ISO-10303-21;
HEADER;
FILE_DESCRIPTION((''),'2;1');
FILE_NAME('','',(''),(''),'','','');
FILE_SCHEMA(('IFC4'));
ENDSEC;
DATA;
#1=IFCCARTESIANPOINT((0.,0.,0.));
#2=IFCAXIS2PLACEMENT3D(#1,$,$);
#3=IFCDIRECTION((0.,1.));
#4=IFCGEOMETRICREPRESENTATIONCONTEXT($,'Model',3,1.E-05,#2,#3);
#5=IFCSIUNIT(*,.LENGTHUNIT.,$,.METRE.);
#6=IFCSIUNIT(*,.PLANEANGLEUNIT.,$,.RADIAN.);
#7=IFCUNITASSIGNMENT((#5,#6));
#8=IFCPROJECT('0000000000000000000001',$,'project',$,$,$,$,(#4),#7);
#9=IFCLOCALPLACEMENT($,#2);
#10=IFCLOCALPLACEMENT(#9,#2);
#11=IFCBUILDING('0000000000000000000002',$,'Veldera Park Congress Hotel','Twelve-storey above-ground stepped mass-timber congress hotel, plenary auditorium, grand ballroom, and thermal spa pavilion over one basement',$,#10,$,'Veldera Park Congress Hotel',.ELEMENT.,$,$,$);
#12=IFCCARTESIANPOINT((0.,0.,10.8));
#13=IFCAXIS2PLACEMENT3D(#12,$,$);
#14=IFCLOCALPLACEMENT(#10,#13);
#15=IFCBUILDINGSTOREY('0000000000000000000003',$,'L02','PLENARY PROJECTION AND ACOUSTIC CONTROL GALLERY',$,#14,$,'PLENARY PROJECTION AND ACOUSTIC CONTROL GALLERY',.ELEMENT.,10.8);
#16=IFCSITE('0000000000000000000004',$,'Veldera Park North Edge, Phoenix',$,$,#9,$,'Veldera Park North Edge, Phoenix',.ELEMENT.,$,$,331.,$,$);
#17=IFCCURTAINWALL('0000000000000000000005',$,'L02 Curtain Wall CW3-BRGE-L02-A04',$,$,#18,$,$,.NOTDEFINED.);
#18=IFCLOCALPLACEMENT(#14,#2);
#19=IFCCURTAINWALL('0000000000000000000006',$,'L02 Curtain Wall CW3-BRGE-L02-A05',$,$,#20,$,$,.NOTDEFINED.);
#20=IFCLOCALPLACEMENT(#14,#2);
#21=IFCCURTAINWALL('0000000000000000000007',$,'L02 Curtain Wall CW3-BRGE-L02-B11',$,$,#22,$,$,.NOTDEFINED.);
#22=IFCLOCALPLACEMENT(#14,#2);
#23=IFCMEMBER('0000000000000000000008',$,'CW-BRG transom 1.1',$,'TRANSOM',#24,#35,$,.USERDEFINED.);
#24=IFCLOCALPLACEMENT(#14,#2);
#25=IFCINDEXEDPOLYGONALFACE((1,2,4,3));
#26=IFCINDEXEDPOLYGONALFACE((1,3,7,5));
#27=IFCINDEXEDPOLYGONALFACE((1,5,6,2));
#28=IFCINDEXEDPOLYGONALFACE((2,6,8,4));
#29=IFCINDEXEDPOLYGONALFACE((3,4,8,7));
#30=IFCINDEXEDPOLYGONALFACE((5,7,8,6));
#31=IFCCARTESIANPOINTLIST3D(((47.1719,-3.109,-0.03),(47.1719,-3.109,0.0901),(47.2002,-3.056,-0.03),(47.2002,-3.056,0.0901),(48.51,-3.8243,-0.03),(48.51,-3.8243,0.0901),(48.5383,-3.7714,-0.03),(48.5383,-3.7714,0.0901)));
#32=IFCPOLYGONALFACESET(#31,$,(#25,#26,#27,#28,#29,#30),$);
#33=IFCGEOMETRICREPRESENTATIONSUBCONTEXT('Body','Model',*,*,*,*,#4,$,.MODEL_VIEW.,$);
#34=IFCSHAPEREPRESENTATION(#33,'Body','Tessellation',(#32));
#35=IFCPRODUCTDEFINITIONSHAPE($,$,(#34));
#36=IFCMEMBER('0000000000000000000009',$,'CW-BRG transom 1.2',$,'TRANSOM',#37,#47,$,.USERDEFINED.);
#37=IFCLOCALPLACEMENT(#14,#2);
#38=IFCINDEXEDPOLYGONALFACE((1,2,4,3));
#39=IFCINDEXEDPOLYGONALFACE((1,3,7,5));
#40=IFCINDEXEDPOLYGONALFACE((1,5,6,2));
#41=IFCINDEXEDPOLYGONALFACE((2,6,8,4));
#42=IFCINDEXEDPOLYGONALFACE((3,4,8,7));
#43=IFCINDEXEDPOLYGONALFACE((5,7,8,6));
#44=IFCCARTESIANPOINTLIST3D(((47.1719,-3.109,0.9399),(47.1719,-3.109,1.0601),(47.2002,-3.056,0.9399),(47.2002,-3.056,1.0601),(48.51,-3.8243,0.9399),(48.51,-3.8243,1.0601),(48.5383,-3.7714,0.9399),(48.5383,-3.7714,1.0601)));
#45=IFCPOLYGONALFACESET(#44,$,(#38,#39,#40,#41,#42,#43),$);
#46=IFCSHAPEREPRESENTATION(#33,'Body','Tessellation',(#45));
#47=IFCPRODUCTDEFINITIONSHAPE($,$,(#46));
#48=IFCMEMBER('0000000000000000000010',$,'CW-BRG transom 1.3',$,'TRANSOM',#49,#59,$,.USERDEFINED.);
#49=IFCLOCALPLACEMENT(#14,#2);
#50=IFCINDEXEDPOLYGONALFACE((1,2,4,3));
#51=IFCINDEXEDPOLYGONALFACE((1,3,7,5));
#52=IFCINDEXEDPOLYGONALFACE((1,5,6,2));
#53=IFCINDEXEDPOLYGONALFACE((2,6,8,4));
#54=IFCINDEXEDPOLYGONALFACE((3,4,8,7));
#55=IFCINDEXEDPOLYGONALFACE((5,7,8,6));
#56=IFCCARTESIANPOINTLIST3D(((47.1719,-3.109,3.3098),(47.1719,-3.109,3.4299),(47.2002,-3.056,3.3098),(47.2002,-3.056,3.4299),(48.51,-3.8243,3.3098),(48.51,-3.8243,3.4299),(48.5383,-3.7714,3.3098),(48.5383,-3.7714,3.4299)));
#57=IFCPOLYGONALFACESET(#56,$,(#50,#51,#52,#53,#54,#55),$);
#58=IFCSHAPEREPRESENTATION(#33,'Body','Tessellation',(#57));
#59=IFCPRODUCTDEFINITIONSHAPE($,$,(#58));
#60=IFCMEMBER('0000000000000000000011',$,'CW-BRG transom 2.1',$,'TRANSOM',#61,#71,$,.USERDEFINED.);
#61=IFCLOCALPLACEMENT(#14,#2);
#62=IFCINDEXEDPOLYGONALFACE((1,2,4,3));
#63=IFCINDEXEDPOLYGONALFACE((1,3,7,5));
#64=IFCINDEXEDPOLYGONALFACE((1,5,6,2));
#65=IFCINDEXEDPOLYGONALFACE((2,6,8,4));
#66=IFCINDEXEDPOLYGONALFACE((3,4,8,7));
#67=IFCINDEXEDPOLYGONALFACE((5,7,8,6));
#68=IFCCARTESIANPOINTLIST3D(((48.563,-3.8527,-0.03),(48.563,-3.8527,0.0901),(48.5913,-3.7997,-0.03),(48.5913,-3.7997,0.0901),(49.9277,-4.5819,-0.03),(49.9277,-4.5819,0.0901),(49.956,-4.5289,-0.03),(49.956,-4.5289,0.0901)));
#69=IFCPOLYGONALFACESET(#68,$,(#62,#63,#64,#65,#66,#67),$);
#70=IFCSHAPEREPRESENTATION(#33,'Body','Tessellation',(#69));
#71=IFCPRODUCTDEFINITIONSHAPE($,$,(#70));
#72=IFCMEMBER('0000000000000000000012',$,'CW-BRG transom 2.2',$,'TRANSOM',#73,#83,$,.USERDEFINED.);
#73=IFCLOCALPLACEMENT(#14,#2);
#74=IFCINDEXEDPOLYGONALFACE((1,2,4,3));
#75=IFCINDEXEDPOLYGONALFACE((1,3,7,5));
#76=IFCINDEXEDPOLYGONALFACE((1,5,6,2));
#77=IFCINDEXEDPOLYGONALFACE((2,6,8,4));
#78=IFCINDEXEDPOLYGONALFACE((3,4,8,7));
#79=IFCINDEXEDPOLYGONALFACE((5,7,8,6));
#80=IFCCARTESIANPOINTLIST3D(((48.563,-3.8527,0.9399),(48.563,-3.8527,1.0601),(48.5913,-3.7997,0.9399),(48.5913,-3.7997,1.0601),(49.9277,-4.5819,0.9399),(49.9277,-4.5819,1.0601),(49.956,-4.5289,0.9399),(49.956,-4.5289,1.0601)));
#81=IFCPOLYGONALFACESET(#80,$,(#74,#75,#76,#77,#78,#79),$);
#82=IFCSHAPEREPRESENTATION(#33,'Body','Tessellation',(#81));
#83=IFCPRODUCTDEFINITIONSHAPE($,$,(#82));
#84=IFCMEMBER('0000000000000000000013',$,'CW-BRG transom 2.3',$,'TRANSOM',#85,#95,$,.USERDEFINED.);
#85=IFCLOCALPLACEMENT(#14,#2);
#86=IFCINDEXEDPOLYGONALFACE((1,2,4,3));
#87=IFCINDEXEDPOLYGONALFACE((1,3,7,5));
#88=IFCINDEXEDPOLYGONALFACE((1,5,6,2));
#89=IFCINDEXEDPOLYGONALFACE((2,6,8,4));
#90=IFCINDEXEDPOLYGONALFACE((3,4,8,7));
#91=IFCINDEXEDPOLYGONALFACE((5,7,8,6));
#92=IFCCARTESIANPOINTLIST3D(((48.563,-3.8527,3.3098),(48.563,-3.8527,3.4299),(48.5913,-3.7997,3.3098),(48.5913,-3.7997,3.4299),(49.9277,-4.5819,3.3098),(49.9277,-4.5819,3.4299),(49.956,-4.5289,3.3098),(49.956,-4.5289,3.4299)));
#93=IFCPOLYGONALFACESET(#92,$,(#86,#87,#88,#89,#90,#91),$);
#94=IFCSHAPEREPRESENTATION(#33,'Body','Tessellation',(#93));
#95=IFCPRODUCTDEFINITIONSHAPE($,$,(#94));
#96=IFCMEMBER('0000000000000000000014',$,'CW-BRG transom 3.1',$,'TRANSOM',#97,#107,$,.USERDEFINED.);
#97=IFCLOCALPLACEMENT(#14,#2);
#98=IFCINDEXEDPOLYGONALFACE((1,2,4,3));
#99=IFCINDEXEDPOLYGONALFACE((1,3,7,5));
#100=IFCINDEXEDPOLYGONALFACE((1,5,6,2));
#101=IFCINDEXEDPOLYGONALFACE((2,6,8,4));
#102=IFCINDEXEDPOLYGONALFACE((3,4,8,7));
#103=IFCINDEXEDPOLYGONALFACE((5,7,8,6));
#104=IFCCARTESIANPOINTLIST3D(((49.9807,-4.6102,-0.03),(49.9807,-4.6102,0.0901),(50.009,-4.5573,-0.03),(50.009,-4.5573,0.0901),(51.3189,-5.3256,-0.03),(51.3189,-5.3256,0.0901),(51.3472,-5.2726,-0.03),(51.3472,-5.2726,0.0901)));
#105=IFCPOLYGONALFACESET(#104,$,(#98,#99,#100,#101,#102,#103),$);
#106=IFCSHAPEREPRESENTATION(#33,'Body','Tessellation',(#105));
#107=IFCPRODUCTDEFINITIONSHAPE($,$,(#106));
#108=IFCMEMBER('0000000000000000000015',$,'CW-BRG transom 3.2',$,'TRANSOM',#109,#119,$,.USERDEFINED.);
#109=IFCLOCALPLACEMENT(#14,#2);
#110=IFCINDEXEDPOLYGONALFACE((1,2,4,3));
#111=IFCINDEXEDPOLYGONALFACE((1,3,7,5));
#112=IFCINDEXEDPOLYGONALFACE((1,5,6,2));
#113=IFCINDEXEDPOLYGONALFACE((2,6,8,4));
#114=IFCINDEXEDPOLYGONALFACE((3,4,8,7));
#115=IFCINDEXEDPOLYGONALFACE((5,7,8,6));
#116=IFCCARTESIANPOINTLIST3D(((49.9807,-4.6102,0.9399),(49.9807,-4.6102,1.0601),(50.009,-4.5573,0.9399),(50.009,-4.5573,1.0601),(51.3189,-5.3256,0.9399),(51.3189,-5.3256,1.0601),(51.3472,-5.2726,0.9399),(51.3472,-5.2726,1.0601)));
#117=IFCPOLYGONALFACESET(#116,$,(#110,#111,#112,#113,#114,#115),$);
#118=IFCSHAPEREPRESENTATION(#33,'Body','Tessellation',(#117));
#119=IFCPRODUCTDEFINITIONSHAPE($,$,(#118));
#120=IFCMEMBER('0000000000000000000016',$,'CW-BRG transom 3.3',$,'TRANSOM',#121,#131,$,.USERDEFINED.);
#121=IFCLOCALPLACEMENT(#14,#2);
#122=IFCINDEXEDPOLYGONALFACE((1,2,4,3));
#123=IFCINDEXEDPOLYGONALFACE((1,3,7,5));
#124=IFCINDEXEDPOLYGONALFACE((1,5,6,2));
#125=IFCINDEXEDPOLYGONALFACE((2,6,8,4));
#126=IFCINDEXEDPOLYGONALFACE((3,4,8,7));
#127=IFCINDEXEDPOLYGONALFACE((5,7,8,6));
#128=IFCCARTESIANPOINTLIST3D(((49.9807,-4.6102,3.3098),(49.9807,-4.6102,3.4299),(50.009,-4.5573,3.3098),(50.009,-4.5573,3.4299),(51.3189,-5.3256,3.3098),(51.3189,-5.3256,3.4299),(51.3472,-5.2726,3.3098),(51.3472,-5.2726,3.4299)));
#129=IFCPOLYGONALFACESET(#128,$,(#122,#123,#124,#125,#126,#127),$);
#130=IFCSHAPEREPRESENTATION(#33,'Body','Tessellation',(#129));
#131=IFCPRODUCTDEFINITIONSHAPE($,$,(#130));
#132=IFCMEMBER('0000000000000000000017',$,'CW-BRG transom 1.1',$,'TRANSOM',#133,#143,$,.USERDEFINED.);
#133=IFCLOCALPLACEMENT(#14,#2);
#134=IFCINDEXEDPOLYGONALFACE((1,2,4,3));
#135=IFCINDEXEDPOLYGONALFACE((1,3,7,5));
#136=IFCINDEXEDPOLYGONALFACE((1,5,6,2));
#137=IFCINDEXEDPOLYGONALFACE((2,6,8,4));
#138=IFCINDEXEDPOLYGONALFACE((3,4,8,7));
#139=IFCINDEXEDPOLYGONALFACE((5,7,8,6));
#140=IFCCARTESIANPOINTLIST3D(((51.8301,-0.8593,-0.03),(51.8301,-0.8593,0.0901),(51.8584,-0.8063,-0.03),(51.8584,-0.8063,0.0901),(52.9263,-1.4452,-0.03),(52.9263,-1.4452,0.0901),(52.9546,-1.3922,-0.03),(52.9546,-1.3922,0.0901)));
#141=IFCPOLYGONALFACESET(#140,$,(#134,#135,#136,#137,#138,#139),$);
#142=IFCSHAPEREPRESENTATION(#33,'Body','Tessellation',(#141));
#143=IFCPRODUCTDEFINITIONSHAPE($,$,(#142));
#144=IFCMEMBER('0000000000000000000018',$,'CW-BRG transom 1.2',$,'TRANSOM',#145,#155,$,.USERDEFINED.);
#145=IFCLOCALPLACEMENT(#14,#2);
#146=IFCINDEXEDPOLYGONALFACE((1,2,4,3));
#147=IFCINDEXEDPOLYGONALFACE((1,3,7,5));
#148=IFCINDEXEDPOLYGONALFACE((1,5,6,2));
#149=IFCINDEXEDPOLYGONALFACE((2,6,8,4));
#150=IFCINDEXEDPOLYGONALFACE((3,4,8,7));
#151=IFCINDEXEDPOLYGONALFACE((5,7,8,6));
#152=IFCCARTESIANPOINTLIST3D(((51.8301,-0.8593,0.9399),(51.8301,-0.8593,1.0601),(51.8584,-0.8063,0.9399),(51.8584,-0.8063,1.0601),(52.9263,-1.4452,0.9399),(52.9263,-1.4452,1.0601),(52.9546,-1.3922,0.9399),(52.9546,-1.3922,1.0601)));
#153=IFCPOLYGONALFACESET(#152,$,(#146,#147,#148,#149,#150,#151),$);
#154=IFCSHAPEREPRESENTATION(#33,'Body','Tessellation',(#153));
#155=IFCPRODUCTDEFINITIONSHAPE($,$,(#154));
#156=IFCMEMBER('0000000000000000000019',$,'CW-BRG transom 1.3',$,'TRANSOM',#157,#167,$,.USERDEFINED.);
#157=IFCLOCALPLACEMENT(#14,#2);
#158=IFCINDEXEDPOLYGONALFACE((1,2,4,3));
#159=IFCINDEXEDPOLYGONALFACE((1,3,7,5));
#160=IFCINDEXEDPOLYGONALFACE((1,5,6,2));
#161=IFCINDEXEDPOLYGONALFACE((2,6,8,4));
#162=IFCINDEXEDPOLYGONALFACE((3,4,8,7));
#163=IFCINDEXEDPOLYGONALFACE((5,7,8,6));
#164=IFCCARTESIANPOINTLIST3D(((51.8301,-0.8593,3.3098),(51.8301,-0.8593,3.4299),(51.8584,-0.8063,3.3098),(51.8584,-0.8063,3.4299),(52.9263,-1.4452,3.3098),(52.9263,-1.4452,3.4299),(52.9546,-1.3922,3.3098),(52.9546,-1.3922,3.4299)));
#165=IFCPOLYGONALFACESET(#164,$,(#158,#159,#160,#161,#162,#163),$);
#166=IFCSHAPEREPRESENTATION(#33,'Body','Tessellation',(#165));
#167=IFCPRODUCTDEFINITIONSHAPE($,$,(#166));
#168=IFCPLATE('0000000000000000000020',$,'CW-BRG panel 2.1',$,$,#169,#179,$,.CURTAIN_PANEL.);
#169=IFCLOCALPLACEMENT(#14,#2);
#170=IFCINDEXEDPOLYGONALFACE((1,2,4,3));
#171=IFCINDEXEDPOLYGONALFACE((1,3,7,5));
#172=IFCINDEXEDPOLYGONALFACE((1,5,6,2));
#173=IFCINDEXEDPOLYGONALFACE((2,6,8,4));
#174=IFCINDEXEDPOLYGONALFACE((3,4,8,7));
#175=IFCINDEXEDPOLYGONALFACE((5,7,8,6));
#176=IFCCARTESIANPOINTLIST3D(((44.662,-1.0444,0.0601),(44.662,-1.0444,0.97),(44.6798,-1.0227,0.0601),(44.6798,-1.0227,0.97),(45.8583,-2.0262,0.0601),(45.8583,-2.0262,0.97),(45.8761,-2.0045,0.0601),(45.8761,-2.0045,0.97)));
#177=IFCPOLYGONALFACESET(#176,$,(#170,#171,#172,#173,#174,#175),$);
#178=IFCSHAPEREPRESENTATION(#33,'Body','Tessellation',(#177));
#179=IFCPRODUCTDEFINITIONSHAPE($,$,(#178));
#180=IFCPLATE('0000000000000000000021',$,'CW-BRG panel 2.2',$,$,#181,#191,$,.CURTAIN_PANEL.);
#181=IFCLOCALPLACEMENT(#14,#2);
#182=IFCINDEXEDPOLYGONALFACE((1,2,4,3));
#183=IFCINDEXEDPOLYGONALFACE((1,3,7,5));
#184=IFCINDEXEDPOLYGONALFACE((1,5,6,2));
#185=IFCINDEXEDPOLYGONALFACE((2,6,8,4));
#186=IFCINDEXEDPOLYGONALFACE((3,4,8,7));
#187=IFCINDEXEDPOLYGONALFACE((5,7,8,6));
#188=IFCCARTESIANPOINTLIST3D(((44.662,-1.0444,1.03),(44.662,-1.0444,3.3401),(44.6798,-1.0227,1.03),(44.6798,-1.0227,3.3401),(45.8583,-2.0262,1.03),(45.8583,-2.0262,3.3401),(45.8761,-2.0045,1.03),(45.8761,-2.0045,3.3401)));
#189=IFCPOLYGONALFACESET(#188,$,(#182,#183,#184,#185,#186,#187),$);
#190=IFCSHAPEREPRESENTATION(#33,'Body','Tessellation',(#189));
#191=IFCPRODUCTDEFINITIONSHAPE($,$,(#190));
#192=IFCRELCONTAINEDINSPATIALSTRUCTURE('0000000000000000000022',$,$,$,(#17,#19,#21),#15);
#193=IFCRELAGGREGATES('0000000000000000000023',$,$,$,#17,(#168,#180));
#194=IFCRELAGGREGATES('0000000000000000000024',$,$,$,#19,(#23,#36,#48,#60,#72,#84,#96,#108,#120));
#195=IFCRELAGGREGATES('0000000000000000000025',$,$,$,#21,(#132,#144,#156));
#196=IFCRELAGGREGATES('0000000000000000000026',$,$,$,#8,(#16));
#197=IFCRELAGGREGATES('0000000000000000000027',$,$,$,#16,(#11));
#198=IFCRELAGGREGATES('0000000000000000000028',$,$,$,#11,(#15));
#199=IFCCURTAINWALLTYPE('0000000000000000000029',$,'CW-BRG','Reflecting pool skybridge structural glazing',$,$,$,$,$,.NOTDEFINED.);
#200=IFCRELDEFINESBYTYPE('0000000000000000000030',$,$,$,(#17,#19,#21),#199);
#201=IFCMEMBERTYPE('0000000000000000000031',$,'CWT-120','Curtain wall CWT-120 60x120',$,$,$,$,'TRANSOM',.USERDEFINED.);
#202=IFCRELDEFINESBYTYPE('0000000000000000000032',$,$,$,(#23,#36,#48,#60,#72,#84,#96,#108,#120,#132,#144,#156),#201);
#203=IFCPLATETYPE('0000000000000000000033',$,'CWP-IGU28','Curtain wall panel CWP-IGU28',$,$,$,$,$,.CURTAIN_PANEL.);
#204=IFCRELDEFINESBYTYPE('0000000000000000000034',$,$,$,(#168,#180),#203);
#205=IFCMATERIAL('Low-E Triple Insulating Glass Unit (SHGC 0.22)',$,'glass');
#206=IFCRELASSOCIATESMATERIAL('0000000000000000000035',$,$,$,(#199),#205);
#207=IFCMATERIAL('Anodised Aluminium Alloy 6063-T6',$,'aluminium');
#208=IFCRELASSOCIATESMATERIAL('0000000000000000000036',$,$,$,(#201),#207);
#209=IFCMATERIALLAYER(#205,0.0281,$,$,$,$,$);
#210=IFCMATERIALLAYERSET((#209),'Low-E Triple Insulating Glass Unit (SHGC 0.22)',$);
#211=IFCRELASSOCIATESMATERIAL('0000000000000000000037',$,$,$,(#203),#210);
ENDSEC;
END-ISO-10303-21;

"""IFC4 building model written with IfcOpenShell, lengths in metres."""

from ifc_helpers import new_model, si_unit, direction, frame, origin, origin_2d, place, context, subcontext, project, spatial, rectangle, extrude, material, layer, layer_set, material_profile, profile_set, type_object, element, aggregate, save


model = new_model("IFC4")

# Units and contexts
model_context = context("Model", 3, precision=1e-05, world=origin(), true_north=direction((0.0, 1.0)))
body_context = subcontext(model_context, "Body", "Model", "MODEL_VIEW")
ifc_project = project(units=[si_unit("LENGTHUNIT", "METRE"), si_unit("PLANEANGLEUNIT", "RADIAN")], contexts=[model_context])

# Site, building, storey
site_placement = place(None, origin())
site = spatial("IfcSite", under=ifc_project, at=site_placement, Name="Veldera Park North Edge, Phoenix", LongName="Veldera Park North Edge, Phoenix", CompositionType="ELEMENT", RefElevation=331.0)
building_placement = place(site_placement, origin())
building = spatial("IfcBuilding", under=site, at=building_placement, Name="Veldera Park Congress Hotel", Description="Twelve-storey above-ground stepped mass-timber congress hotel, plenary auditorium, grand ballroom, and thermal spa pavilion over one basement", LongName="Veldera Park Congress Hotel", CompositionType="ELEMENT")
storey_placement = place(building_placement, frame((0.0, 0.0, 10.8)))
storey = spatial("IfcBuildingStorey", under=building, at=storey_placement, Name="L02", Description="PLENARY PROJECTION AND ACOUSTIC CONTROL GALLERY", LongName="PLENARY PROJECTION AND ACOUSTIC CONTROL GALLERY", CompositionType="ELEMENT", Elevation=10.8)

# Curtain walls
ifc_material_1 = material(Name="Low-E Triple Insulating Glass Unit (SHGC 0.22)", Category="glass")
curtain_wall_type = type_object("IfcCurtainWallType", Name="CW-BRG", Description="Reflecting pool skybridge structural glazing", PredefinedType="NOTDEFINED", material=ifc_material_1)
curtain_wall_1_placement = place(storey_placement, origin())
curtain_wall_1 = element("IfcCurtainWall", 1, at=curtain_wall_1_placement, inside=storey, type_object=curtain_wall_type, Name="L02 Curtain Wall CW3-BRGE-L02-A04", PredefinedType="NOTDEFINED")
ifc_material_2 = material(Name="Anodised Aluminium Alloy 6063-T6", Category="aluminium")
curtain_wall_2_placement = place(storey_placement, origin())
curtain_wall_2 = element("IfcCurtainWall", 2, at=curtain_wall_2_placement, inside=storey, type_object=curtain_wall_type, Name="L02 Curtain Wall CW3-BRGE-L02-A05", PredefinedType="NOTDEFINED")

# Curtain wall
curtain_wall_3_placement = place(storey_placement, origin())
curtain_wall_3 = element("IfcCurtainWall", 3, at=curtain_wall_3_placement, inside=storey, type_object=curtain_wall_type, Name="L02 Curtain Wall CW3-BRGE-L02-B11", PredefinedType="NOTDEFINED")

# Members
ifc_material_profile_1 = material_profile(ifc_material_2, rectangle(XDim=0.0601, YDim=0.1201, at=origin_2d()), Name="ALU 60x120")
ifc_profile_set_1 = profile_set([ifc_material_profile_1], Name="Anodised Aluminium Alloy 6063-T6")
member_type_1 = type_object("IfcMemberType", Name="CWT-120", Description="Curtain wall CWT-120 60x120", ElementType="TRANSOM", PredefinedType="USERDEFINED", material=ifc_profile_set_1)
member_1_placement = place(storey_placement, frame((47.186, -3.0825, 0.03), z_axis=(0.881898, -0.47144, 0.0), x_axis=(0.47144, 0.881898, 0.0)))
member_1 = element("IfcMember", 4, at=member_1_placement, type_object=member_type_1, Name="CW-BRG transom 1.1", ObjectType="TRANSOM", PredefinedType="USERDEFINED", context=body_context, shape_type="SweptSolid", body=[
    extrude(rectangle(XDim=0.0601, YDim=0.1201, at=origin_2d()), origin(), (0.0, 0.0, 1.0), 1.5173),
])
member_2_placement = place(storey_placement, frame((47.186, -3.0825, 1.0), z_axis=(0.881898, -0.47144, 0.0), x_axis=(0.47144, 0.881898, 0.0)))
member_2 = element("IfcMember", 5, at=member_2_placement, type_object=member_type_1, Name="CW-BRG transom 1.2", ObjectType="TRANSOM", PredefinedType="USERDEFINED", context=body_context, shape_type="SweptSolid", body=[
    extrude(rectangle(XDim=0.0601, YDim=0.1201, at=origin_2d()), origin(), (0.0, 0.0, 1.0), 1.5173),
])
member_3_placement = place(storey_placement, frame((47.186, -3.0825, 3.3699), z_axis=(0.881898, -0.47144, 0.0), x_axis=(0.47144, 0.881898, 0.0)))
member_3 = element("IfcMember", 6, at=member_3_placement, type_object=member_type_1, Name="CW-BRG transom 1.3", ObjectType="TRANSOM", PredefinedType="USERDEFINED", context=body_context, shape_type="SweptSolid", body=[
    extrude(rectangle(XDim=0.0601, YDim=0.1201, at=origin_2d()), origin(), (0.0, 0.0, 1.0), 1.5173),
])
member_4_placement = place(storey_placement, frame((48.5771, -3.8262, 0.03), z_axis=(0.881981, -0.471284, 0.0), x_axis=(0.471284, 0.881981, 0.0)))
member_4 = element("IfcMember", 7, at=member_4_placement, type_object=member_type_1, Name="CW-BRG transom 2.1", ObjectType="TRANSOM", PredefinedType="USERDEFINED", context=body_context, shape_type="SweptSolid", body=[
    extrude(rectangle(XDim=0.0601, YDim=0.1201, at=origin_2d()), origin(), (0.0, 0.0, 1.0), 1.5474),
])
member_5_placement = place(storey_placement, frame((48.5771, -3.8262, 1.0), z_axis=(0.881981, -0.471284, 0.0), x_axis=(0.471284, 0.881981, 0.0)))
member_5 = element("IfcMember", 8, at=member_5_placement, type_object=member_type_1, Name="CW-BRG transom 2.2", ObjectType="TRANSOM", PredefinedType="USERDEFINED", context=body_context, shape_type="SweptSolid", body=[
    extrude(rectangle(XDim=0.0601, YDim=0.1201, at=origin_2d()), origin(), (0.0, 0.0, 1.0), 1.5474),
])
member_6_placement = place(storey_placement, frame((48.5771, -3.8262, 3.3699), z_axis=(0.881981, -0.471284, 0.0), x_axis=(0.471284, 0.881981, 0.0)))
member_6 = element("IfcMember", 9, at=member_6_placement, type_object=member_type_1, Name="CW-BRG transom 2.3", ObjectType="TRANSOM", PredefinedType="USERDEFINED", context=body_context, shape_type="SweptSolid", body=[
    extrude(rectangle(XDim=0.0601, YDim=0.1201, at=origin_2d()), origin(), (0.0, 0.0, 1.0), 1.5474),
])
member_7_placement = place(storey_placement, frame((49.9949, -4.5837, 0.03), z_axis=(0.881898, -0.47144, 0.0), x_axis=(0.47144, 0.881898, 0.0)))
member_7 = element("IfcMember", 10, at=member_7_placement, type_object=member_type_1, Name="CW-BRG transom 3.1", ObjectType="TRANSOM", PredefinedType="USERDEFINED", context=body_context, shape_type="SweptSolid", body=[
    extrude(rectangle(XDim=0.0601, YDim=0.1201, at=origin_2d()), origin(), (0.0, 0.0, 1.0), 1.5173),
])
member_8_placement = place(storey_placement, frame((49.9949, -4.5837, 1.0), z_axis=(0.881898, -0.47144, 0.0), x_axis=(0.47144, 0.881898, 0.0)))
member_8 = element("IfcMember", 11, at=member_8_placement, type_object=member_type_1, Name="CW-BRG transom 3.2", ObjectType="TRANSOM", PredefinedType="USERDEFINED", context=body_context, shape_type="SweptSolid", body=[
    extrude(rectangle(XDim=0.0601, YDim=0.1201, at=origin_2d()), origin(), (0.0, 0.0, 1.0), 1.5173),
])
member_9_placement = place(storey_placement, frame((49.9949, -4.5837, 3.3699), z_axis=(0.881898, -0.47144, 0.0), x_axis=(0.47144, 0.881898, 0.0)))
member_9 = element("IfcMember", 12, at=member_9_placement, type_object=member_type_1, Name="CW-BRG transom 3.3", ObjectType="TRANSOM", PredefinedType="USERDEFINED", context=body_context, shape_type="SweptSolid", body=[
    extrude(rectangle(XDim=0.0601, YDim=0.1201, at=origin_2d()), origin(), (0.0, 0.0, 1.0), 1.5173),
])
member_10_placement = place(storey_placement, frame((52.9404, -1.4187, 0.03), z_axis=(-0.881918, 0.471404, 0.0), x_axis=(-0.471404, -0.881918, 0.0)))
member_10 = element("IfcMember", 13, at=member_10_placement, type_object=member_type_1, Name="CW-BRG transom 1.1", ObjectType="TRANSOM", PredefinedType="USERDEFINED", context=body_context, shape_type="SweptSolid", body=[
    extrude(rectangle(XDim=0.0601, YDim=0.1201, at=origin_2d()), origin(), (0.0, 0.0, 1.0), 1.2429),
])
member_11_placement = place(storey_placement, frame((52.9404, -1.4187, 1.0), z_axis=(-0.881918, 0.471404, 0.0), x_axis=(-0.471404, -0.881918, 0.0)))
member_11 = element("IfcMember", 14, at=member_11_placement, type_object=member_type_1, Name="CW-BRG transom 1.2", ObjectType="TRANSOM", PredefinedType="USERDEFINED", context=body_context, shape_type="SweptSolid", body=[
    extrude(rectangle(XDim=0.0601, YDim=0.1201, at=origin_2d()), origin(), (0.0, 0.0, 1.0), 1.2429),
])
member_12_placement = place(storey_placement, frame((52.9404, -1.4187, 3.3699), z_axis=(-0.881918, 0.471404, 0.0), x_axis=(-0.471404, -0.881918, 0.0)))
member_12 = element("IfcMember", 15, at=member_12_placement, type_object=member_type_1, Name="CW-BRG transom 1.3", ObjectType="TRANSOM", PredefinedType="USERDEFINED", context=body_context, shape_type="SweptSolid", body=[
    extrude(rectangle(XDim=0.0601, YDim=0.1201, at=origin_2d()), origin(), (0.0, 0.0, 1.0), 1.2429),
])

# Plates
ifc_layer = layer(ifc_material_1, 0.0281)
ifc_layer_set = layer_set([ifc_layer], Name="Low-E Triple Insulating Glass Unit (SHGC 0.22)")
plate_type = type_object("IfcPlateType", Name="CWP-IGU28", Description="Curtain wall panel CWP-IGU28", PredefinedType="CURTAIN_PANEL", material=ifc_layer_set)
plate_1_placement = place(storey_placement, frame((45.269, -1.5244, 0.0601), z_axis=(0.0, 0.0, 1.0), x_axis=(0.773003, -0.634402, 0.0)))
plate_1 = element("IfcPlate", 16, at=plate_1_placement, type_object=plate_type, Name="CW-BRG panel 2.1", PredefinedType="CURTAIN_PANEL", context=body_context, shape_type="SweptSolid", body=[
    extrude(rectangle(XDim=1.5476, YDim=0.0281, at=origin_2d()), origin(), (0.0, 0.0, 1.0), 0.9099),
])
plate_2_placement = place(storey_placement, frame((45.269, -1.5244, 1.03), z_axis=(0.0, 0.0, 1.0), x_axis=(0.773003, -0.634402, 0.0)))
plate_2 = element("IfcPlate", 17, at=plate_2_placement, type_object=plate_type, Name="CW-BRG panel 2.2", PredefinedType="CURTAIN_PANEL", context=body_context, shape_type="SweptSolid", body=[
    extrude(rectangle(XDim=1.5476, YDim=0.0281, at=origin_2d()), origin(), (0.0, 0.0, 1.0), 2.3101),
])
aggregate(curtain_wall_1, [plate_1, plate_2])
aggregate(curtain_wall_2, [member_1, member_2, member_3, member_4, member_5, member_6, member_7, member_8, member_9])
aggregate(curtain_wall_3, [member_10, member_11, member_12])

save(model, "model.ifc")
